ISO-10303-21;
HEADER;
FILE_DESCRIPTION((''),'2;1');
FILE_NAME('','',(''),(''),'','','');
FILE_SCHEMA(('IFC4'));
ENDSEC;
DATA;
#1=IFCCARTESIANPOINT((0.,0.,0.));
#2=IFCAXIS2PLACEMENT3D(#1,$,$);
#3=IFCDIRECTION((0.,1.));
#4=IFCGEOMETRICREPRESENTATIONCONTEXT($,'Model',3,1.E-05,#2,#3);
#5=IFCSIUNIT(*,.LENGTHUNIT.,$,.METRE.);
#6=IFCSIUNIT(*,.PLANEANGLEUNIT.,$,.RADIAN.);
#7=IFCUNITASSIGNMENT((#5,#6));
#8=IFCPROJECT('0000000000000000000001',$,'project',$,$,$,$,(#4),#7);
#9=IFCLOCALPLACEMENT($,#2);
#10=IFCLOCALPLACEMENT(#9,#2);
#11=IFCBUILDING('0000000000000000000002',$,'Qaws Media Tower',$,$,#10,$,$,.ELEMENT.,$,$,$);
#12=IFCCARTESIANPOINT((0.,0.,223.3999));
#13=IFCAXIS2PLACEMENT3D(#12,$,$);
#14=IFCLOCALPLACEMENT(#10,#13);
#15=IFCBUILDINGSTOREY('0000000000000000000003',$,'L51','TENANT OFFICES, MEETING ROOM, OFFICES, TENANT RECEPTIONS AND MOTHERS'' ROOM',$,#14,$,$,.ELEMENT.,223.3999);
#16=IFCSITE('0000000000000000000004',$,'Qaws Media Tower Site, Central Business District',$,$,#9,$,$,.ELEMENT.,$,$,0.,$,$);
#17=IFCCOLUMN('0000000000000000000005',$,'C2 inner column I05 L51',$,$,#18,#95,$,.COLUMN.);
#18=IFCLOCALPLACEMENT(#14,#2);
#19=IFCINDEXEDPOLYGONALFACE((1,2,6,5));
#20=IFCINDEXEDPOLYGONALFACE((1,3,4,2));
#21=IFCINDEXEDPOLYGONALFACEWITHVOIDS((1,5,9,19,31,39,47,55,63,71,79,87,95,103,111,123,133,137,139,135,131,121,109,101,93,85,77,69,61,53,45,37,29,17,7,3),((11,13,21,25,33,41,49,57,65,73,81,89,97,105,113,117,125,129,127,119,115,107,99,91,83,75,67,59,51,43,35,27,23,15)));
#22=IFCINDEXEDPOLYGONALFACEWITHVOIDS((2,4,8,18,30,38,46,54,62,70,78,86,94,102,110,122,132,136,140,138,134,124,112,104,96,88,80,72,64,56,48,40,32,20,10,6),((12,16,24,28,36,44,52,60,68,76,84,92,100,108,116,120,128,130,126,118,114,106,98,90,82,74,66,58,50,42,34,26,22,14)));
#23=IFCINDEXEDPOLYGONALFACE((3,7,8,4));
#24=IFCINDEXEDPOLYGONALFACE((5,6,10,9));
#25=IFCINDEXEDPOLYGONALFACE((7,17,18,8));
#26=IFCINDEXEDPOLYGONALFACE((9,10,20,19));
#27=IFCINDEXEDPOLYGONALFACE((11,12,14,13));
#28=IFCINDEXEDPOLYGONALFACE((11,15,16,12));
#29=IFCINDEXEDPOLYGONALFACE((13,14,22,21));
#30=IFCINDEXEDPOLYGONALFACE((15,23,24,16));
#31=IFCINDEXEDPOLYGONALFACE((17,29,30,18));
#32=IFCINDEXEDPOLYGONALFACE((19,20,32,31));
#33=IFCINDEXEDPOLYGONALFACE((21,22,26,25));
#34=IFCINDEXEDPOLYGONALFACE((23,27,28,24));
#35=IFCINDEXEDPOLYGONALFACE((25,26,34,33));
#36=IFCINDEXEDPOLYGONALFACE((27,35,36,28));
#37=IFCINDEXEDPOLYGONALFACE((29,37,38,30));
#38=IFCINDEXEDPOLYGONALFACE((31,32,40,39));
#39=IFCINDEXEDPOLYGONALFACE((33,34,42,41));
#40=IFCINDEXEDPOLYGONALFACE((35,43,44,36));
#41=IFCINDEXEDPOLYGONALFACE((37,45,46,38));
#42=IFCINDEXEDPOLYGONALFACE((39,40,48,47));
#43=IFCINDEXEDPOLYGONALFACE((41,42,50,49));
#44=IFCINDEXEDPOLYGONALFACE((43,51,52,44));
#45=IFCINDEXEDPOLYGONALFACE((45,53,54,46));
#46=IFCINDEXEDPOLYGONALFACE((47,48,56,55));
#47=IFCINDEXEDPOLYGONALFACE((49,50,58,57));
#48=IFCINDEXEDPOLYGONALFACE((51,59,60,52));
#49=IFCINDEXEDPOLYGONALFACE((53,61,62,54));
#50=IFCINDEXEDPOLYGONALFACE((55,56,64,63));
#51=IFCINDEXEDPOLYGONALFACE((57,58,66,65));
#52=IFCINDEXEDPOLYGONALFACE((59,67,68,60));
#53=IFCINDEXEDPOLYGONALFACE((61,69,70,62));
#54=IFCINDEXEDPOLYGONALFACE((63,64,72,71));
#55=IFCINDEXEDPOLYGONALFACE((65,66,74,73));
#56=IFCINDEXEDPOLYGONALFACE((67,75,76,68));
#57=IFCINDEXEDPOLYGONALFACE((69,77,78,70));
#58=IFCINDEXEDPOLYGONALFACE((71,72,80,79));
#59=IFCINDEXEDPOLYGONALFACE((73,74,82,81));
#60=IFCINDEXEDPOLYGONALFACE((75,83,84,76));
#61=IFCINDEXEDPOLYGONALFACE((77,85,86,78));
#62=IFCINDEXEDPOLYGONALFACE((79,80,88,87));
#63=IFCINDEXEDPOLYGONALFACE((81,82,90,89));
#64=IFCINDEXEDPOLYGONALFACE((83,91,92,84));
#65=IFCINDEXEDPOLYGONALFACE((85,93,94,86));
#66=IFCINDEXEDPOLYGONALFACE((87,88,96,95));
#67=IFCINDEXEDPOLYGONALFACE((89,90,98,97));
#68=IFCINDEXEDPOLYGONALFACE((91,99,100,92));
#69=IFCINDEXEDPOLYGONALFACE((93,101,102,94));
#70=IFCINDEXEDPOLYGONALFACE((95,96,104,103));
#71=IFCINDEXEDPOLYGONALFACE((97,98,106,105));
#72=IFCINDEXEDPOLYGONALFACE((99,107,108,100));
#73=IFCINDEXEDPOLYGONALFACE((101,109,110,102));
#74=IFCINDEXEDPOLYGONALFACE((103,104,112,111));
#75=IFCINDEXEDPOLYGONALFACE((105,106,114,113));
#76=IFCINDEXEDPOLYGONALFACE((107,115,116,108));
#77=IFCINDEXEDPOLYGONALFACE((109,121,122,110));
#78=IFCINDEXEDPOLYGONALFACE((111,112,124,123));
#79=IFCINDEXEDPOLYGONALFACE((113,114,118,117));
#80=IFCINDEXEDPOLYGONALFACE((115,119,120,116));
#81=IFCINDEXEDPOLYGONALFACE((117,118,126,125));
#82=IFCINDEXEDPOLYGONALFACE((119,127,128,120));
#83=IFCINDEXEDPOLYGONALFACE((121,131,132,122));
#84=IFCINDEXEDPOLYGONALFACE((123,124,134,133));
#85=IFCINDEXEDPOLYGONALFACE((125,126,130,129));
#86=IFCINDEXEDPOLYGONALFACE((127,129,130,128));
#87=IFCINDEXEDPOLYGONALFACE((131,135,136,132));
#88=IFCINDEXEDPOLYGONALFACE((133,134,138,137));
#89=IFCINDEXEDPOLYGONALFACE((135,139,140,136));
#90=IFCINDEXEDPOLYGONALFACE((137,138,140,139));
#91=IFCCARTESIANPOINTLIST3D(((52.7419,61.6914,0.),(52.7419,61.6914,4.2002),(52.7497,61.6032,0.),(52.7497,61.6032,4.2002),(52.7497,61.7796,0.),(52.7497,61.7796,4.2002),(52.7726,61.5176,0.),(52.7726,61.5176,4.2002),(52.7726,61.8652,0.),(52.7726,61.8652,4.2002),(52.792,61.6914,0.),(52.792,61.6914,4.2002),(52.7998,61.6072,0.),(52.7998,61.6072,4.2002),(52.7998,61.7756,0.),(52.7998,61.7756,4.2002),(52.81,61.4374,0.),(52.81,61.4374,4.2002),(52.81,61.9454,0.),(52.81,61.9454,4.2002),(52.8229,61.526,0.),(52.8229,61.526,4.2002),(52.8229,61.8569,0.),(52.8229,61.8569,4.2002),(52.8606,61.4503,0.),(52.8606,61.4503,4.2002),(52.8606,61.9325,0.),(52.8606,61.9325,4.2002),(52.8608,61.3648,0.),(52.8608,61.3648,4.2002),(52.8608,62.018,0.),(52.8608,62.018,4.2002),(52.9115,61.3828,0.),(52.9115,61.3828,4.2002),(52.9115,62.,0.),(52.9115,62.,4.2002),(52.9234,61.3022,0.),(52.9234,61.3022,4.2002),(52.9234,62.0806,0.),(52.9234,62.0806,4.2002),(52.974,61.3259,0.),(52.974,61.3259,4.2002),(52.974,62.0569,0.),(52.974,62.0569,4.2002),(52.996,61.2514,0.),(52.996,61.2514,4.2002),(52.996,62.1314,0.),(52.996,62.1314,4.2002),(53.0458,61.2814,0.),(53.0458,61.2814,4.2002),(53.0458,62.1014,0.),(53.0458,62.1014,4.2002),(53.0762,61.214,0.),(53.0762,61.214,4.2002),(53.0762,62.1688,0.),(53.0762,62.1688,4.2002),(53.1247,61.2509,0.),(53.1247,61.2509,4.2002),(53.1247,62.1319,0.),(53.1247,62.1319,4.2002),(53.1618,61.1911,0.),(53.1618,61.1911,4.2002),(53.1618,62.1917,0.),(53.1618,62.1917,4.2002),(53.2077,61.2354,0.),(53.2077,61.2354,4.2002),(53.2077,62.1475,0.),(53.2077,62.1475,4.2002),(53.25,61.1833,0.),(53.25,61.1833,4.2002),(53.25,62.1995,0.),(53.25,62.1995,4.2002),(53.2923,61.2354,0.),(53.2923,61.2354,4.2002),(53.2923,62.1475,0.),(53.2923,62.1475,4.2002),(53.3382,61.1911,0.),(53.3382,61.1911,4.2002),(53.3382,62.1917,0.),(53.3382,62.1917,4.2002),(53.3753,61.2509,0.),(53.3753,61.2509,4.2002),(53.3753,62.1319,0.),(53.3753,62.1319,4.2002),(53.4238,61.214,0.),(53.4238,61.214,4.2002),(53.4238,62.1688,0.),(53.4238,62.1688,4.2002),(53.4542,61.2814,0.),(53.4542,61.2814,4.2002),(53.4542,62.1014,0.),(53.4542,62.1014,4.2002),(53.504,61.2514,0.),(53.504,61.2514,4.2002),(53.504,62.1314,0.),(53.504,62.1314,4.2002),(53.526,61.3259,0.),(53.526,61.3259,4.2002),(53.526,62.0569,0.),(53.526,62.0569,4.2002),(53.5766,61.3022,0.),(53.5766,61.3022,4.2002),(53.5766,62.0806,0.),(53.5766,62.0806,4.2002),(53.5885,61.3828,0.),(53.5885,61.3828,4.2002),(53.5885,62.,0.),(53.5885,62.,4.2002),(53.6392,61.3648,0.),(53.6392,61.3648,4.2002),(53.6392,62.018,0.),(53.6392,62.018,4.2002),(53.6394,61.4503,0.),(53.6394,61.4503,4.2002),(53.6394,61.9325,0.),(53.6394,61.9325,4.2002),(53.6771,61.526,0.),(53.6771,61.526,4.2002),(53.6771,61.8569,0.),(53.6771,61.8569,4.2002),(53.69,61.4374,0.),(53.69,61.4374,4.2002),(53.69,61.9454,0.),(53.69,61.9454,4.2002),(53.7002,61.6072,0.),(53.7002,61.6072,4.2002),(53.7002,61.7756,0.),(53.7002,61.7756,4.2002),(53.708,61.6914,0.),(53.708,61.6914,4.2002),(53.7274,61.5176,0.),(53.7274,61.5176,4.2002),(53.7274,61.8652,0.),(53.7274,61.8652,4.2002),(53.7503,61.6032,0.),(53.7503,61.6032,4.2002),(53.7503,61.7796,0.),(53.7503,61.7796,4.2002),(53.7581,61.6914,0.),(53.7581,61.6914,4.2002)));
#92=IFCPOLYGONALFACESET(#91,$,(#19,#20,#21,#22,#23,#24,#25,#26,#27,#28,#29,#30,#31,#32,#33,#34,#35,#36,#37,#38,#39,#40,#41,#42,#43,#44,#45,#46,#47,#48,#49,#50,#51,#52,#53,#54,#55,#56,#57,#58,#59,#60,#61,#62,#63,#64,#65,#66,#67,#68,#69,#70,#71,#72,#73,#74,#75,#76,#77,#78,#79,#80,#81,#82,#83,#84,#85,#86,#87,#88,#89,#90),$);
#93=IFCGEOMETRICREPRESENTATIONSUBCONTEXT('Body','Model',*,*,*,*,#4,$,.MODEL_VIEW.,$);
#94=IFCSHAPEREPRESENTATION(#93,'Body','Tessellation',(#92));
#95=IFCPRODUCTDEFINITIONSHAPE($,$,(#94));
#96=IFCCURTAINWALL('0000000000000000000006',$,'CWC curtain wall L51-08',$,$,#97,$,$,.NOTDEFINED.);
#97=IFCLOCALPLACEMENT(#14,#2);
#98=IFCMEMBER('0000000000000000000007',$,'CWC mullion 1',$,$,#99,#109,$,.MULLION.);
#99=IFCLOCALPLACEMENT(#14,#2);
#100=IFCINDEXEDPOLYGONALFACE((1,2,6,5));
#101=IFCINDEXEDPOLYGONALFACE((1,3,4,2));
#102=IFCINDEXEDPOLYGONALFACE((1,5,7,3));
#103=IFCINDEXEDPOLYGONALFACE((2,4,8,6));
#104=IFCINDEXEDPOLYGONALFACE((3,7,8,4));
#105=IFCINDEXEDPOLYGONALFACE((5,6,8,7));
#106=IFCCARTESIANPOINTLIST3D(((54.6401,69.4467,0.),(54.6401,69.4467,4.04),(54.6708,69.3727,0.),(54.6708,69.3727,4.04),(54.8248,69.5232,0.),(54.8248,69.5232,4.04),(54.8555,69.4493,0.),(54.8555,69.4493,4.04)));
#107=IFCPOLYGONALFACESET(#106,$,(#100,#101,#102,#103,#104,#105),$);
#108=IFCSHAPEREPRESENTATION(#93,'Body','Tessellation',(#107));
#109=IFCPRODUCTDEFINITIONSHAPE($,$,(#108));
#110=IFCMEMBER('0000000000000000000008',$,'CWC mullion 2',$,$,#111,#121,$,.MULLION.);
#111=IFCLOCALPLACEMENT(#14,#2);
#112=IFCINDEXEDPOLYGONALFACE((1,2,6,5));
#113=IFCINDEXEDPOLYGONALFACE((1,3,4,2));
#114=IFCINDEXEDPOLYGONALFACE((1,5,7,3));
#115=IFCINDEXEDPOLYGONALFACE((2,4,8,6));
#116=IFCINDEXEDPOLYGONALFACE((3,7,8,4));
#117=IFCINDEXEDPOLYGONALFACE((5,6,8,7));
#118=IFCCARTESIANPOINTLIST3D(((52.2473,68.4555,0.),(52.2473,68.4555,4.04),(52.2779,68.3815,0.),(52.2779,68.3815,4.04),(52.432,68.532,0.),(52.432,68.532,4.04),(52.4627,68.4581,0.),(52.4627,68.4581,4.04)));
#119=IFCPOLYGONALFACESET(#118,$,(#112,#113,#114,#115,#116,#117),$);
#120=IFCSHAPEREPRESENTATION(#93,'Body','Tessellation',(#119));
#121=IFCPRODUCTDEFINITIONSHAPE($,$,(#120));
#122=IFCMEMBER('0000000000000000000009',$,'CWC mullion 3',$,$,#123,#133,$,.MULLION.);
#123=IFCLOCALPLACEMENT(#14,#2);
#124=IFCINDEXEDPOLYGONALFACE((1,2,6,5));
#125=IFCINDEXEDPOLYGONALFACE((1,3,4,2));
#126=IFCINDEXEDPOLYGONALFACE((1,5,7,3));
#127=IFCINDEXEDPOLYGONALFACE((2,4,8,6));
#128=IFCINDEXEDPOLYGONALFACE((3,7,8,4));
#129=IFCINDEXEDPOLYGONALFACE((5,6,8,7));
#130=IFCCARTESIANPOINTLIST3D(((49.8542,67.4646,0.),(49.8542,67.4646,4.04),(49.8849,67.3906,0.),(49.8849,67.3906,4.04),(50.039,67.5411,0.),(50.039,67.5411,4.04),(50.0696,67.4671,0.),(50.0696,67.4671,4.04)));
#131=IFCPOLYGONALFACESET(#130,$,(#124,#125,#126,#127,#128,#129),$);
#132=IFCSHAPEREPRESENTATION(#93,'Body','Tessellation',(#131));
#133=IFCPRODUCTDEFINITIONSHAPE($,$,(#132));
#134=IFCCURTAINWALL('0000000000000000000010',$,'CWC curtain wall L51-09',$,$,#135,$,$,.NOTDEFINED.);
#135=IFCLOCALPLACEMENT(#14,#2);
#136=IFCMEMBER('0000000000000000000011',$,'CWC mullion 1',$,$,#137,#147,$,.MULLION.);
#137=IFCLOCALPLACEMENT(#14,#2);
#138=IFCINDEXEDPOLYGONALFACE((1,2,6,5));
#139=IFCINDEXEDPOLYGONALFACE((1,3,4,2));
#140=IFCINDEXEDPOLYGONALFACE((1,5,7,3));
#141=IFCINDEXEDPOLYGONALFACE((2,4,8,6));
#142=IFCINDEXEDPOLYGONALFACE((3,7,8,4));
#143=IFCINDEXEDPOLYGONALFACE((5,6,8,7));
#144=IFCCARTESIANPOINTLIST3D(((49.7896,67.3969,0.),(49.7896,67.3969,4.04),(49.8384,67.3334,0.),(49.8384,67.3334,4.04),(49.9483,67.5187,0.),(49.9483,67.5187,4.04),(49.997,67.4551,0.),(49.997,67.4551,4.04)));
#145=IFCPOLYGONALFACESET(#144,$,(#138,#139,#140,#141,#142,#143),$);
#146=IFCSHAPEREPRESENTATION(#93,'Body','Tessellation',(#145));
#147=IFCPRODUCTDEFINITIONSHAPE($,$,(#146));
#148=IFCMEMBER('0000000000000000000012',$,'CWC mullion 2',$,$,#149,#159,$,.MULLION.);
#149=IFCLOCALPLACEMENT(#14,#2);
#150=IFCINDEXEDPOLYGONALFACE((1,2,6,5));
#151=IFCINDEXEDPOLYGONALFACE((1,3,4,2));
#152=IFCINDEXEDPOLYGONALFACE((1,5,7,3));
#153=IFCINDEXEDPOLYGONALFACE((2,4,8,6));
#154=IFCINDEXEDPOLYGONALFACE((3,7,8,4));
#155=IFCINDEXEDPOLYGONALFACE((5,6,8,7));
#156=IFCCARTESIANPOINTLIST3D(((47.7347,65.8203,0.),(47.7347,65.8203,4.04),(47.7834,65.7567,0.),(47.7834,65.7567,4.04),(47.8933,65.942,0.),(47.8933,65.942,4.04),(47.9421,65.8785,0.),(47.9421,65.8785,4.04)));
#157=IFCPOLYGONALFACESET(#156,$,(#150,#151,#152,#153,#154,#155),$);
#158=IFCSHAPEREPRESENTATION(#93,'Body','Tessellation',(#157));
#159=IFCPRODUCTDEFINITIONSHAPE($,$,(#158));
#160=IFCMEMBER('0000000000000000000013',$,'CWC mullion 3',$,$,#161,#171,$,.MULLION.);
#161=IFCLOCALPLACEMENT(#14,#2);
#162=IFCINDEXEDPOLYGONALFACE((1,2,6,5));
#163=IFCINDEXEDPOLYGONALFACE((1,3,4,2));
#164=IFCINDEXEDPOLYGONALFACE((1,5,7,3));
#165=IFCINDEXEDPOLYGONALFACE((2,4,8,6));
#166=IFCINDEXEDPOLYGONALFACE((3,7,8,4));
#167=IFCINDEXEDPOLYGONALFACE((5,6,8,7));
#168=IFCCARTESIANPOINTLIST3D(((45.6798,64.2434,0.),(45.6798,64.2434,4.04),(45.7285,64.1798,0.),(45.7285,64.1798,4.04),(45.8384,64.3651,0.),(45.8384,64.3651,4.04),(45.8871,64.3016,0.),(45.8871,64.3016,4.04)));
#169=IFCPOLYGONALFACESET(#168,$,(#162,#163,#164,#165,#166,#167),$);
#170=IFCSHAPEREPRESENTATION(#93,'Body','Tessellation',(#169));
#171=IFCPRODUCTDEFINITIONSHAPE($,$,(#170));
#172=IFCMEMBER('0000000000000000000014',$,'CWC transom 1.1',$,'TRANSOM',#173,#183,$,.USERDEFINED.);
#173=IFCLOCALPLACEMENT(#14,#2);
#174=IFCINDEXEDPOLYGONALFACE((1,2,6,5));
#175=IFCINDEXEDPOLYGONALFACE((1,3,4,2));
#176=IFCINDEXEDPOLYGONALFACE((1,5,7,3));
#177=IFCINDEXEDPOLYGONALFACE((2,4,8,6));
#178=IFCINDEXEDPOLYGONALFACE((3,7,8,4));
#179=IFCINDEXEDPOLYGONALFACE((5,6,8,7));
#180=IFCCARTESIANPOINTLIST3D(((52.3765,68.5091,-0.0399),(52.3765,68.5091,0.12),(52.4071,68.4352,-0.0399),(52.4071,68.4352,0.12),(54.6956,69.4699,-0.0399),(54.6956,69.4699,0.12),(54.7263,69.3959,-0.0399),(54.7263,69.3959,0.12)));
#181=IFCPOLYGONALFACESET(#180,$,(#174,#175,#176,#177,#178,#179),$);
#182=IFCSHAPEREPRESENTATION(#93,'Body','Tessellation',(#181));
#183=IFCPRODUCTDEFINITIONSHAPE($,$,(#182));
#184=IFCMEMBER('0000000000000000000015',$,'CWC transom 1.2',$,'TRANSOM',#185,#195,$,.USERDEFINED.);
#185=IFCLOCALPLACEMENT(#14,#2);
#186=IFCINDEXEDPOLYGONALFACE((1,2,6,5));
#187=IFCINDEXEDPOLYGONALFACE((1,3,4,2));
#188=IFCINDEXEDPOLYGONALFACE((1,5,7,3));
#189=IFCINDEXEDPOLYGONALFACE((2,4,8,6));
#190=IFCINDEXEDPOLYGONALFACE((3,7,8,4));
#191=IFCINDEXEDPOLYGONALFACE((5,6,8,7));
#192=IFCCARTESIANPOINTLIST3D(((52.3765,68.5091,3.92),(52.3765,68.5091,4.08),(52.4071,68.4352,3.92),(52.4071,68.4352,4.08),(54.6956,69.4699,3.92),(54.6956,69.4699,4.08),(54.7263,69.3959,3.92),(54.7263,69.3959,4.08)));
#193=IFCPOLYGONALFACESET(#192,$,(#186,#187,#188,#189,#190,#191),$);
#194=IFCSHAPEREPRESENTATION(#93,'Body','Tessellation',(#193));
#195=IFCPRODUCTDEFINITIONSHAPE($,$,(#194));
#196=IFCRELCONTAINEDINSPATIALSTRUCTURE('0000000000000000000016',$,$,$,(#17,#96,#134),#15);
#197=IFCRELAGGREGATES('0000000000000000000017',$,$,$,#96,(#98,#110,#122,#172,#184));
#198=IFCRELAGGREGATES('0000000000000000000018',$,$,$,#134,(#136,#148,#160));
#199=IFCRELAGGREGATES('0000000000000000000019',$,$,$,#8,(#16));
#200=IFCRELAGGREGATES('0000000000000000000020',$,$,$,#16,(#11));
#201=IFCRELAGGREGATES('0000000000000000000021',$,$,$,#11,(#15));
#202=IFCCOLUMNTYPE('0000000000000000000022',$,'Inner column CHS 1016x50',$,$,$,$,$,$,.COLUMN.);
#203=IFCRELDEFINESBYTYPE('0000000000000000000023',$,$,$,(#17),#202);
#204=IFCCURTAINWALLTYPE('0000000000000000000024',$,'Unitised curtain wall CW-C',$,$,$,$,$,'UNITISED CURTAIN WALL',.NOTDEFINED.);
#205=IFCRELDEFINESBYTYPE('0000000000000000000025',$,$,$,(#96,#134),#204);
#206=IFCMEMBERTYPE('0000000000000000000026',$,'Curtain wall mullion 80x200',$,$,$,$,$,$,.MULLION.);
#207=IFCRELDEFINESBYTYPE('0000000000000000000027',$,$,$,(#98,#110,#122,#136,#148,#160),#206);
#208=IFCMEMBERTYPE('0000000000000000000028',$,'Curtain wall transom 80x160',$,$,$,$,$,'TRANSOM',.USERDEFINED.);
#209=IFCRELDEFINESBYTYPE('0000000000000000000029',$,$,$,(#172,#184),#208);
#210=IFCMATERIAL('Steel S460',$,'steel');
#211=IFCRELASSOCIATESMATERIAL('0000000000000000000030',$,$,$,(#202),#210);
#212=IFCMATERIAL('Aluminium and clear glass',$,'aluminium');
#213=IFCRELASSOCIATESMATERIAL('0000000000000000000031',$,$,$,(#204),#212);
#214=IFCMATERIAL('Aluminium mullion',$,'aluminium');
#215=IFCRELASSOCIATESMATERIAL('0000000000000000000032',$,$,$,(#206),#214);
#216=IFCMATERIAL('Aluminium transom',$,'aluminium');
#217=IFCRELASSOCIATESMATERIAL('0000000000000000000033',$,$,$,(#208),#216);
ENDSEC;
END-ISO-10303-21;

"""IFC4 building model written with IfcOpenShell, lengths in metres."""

from ifc_helpers import new_model, si_unit, direction, frame, origin, origin_2d, place, context, subcontext, project, spatial, rectangle, hollow_circle, extrude, material, material_profile, profile_set, type_object, element, aggregate, save


model = new_model("IFC4")

# Units and contexts
model_context = context("Model", 3, precision=1e-05, world=origin(), true_north=direction((0.0, 1.0)))
body_context = subcontext(model_context, "Body", "Model", "MODEL_VIEW")
ifc_project = project(units=[si_unit("LENGTHUNIT", "METRE"), si_unit("PLANEANGLEUNIT", "RADIAN")], contexts=[model_context])

# Site, building, storey
site_placement = place(None, origin())
site = spatial("IfcSite", under=ifc_project, at=site_placement, Name="Qaws Media Tower Site, Central Business District", CompositionType="ELEMENT", RefElevation=0.0)
building_placement = place(site_placement, origin())
building = spatial("IfcBuilding", under=site, at=building_placement, Name="Qaws Media Tower", CompositionType="ELEMENT")
storey_placement = place(building_placement, frame((0.0, 0.0, 223.3999)))
storey = spatial("IfcBuildingStorey", under=building, at=storey_placement, Name="L51", Description="TENANT OFFICES, MEETING ROOM, OFFICES, TENANT RECEPTIONS AND MOTHERS' ROOM", CompositionType="ELEMENT", Elevation=223.3999)

# Column
ifc_material_1 = material(Name="Steel S460", Category="steel")
ifc_material_profile_1 = material_profile(ifc_material_1, hollow_circle(Radius=0.5081, WallThickness=0.05, at=origin_2d()), Name="CHS 1016x50")
ifc_profile_set_1 = profile_set([ifc_material_profile_1], Name="Steel S460")
column_type = type_object("IfcColumnType", Name="Inner column CHS 1016x50", PredefinedType="COLUMN", material=ifc_profile_set_1)
column_placement = place(storey_placement, frame((53.25, 61.6914, 0.0), z_axis=(0.0, 0.0, 1.0), x_axis=(1.0, 0.0, 0.0)))
element("IfcColumn", 1, at=column_placement, inside=storey, type_object=column_type, Name="C2 inner column I05 L51", PredefinedType="COLUMN", context=body_context, shape_type="SweptSolid", body=[
    extrude(hollow_circle(Radius=0.5081, WallThickness=0.05, at=origin_2d()), origin(), (0.0, 0.0, 1.0), 4.2002),
])

# Curtain walls, members
ifc_material_2 = material(Name="Aluminium and clear glass", Category="aluminium")
curtain_wall_type = type_object("IfcCurtainWallType", Name="Unitised curtain wall CW-C", ElementType="UNITISED CURTAIN WALL", PredefinedType="NOTDEFINED", material=ifc_material_2)
curtain_wall_1_placement = place(storey_placement, origin())
curtain_wall_1 = element("IfcCurtainWall", 2, at=curtain_wall_1_placement, inside=storey, type_object=curtain_wall_type, Name="CWC curtain wall L51-08", PredefinedType="NOTDEFINED")
ifc_material_3 = material(Name="Aluminium mullion", Category="aluminium")
ifc_material_profile_2 = material_profile(ifc_material_3, rectangle(XDim=0.0801, YDim=0.2, at=origin_2d()), Name="80x200")
ifc_profile_set_2 = profile_set([ifc_material_profile_2], Name="Aluminium mullion")
member_type_1 = type_object("IfcMemberType", Name="Curtain wall mullion 80x200", PredefinedType="MULLION", material=ifc_profile_set_2)
member_1_placement = place(storey_placement, frame((54.7478, 69.448, 0.0), z_axis=(0.0, 0.0, 1.0), x_axis=(0.382683, -0.92388, 0.0)))
member_1 = element("IfcMember", 3, at=member_1_placement, type_object=member_type_1, Name="CWC mullion 1", PredefinedType="MULLION", context=body_context, shape_type="SweptSolid", body=[
    extrude(rectangle(XDim=0.0801, YDim=0.2, at=origin_2d()), origin(), (0.0, 0.0, 1.0), 4.04),
])
member_2_placement = place(storey_placement, frame((52.355, 68.4568, 0.0), z_axis=(0.0, 0.0, 1.0), x_axis=(0.382683, -0.92388, 0.0)))
member_2 = element("IfcMember", 4, at=member_2_placement, type_object=member_type_1, Name="CWC mullion 2", PredefinedType="MULLION", context=body_context, shape_type="SweptSolid", body=[
    extrude(rectangle(XDim=0.0801, YDim=0.2, at=origin_2d()), origin(), (0.0, 0.0, 1.0), 4.04),
])
member_3_placement = place(storey_placement, frame((49.9619, 67.4658, 0.0), z_axis=(0.0, 0.0, 1.0), x_axis=(0.382683, -0.92388, 0.0)))
member_3 = element("IfcMember", 5, at=member_3_placement, type_object=member_type_1, Name="CWC mullion 3", PredefinedType="MULLION", context=body_context, shape_type="SweptSolid", body=[
    extrude(rectangle(XDim=0.0801, YDim=0.2, at=origin_2d()), origin(), (0.0, 0.0, 1.0), 4.04),
])
curtain_wall_2_placement = place(storey_placement, origin())
curtain_wall_2 = element("IfcCurtainWall", 6, at=curtain_wall_2_placement, inside=storey, type_object=curtain_wall_type, Name="CWC curtain wall L51-09", PredefinedType="NOTDEFINED")
member_4_placement = place(storey_placement, frame((49.8933, 67.426, 0.0), z_axis=(0.0, 0.0, 1.0), x_axis=(0.608761, -0.793353, 0.0)))
member_4 = element("IfcMember", 7, at=member_4_placement, type_object=member_type_1, Name="CWC mullion 1", PredefinedType="MULLION", context=body_context, shape_type="SweptSolid", body=[
    extrude(rectangle(XDim=0.0801, YDim=0.2, at=origin_2d()), origin(), (0.0, 0.0, 1.0), 4.04),
])
member_5_placement = place(storey_placement, frame((47.8384, 65.8494, 0.0), z_axis=(0.0, 0.0, 1.0), x_axis=(0.608761, -0.793353, 0.0)))
member_5 = element("IfcMember", 8, at=member_5_placement, type_object=member_type_1, Name="CWC mullion 2", PredefinedType="MULLION", context=body_context, shape_type="SweptSolid", body=[
    extrude(rectangle(XDim=0.0801, YDim=0.2, at=origin_2d()), origin(), (0.0, 0.0, 1.0), 4.04),
])
member_6_placement = place(storey_placement, frame((45.7834, 64.2725, 0.0), z_axis=(0.0, 0.0, 1.0), x_axis=(0.608761, -0.793353, 0.0)))
member_6 = element("IfcMember", 9, at=member_6_placement, type_object=member_type_1, Name="CWC mullion 3", PredefinedType="MULLION", context=body_context, shape_type="SweptSolid", body=[
    extrude(rectangle(XDim=0.0801, YDim=0.2, at=origin_2d()), origin(), (0.0, 0.0, 1.0), 4.04),
])

# Members
ifc_material_4 = material(Name="Aluminium transom", Category="aluminium")
ifc_material_profile_3 = material_profile(ifc_material_4, rectangle(XDim=0.0801, YDim=0.1599, at=origin_2d()), Name="80x160")
ifc_profile_set_3 = profile_set([ifc_material_profile_3], Name="Aluminium transom")
member_type_2 = type_object("IfcMemberType", Name="Curtain wall transom 80x160", ElementType="TRANSOM", PredefinedType="USERDEFINED", material=ifc_profile_set_3)
member_7_placement = place(storey_placement, frame((54.7109, 69.4329, 0.04), z_axis=(-0.923866, -0.382715, 0.0), x_axis=(0.382715, -0.923866, 0.0)))
member_7 = element("IfcMember", 10, at=member_7_placement, type_object=member_type_2, Name="CWC transom 1.1", ObjectType="TRANSOM", PredefinedType="USERDEFINED", context=body_context, shape_type="SweptSolid", body=[
    extrude(rectangle(XDim=0.0801, YDim=0.1599, at=origin_2d()), origin(), (0.0, 0.0, 1.0), 2.5103),
])
member_8_placement = place(storey_placement, frame((54.7109, 69.4329, 4.0), z_axis=(-0.923866, -0.382715, 0.0), x_axis=(0.382715, -0.923866, 0.0)))
member_8 = element("IfcMember", 11, at=member_8_placement, type_object=member_type_2, Name="CWC transom 1.2", ObjectType="TRANSOM", PredefinedType="USERDEFINED", context=body_context, shape_type="SweptSolid", body=[
    extrude(rectangle(XDim=0.0801, YDim=0.1599, at=origin_2d()), origin(), (0.0, 0.0, 1.0), 2.5103),
])

aggregate(curtain_wall_1, [member_1, member_2, member_3, member_7, member_8])
aggregate(curtain_wall_2, [member_4, member_5, member_6])

save(model, "model.ifc")
